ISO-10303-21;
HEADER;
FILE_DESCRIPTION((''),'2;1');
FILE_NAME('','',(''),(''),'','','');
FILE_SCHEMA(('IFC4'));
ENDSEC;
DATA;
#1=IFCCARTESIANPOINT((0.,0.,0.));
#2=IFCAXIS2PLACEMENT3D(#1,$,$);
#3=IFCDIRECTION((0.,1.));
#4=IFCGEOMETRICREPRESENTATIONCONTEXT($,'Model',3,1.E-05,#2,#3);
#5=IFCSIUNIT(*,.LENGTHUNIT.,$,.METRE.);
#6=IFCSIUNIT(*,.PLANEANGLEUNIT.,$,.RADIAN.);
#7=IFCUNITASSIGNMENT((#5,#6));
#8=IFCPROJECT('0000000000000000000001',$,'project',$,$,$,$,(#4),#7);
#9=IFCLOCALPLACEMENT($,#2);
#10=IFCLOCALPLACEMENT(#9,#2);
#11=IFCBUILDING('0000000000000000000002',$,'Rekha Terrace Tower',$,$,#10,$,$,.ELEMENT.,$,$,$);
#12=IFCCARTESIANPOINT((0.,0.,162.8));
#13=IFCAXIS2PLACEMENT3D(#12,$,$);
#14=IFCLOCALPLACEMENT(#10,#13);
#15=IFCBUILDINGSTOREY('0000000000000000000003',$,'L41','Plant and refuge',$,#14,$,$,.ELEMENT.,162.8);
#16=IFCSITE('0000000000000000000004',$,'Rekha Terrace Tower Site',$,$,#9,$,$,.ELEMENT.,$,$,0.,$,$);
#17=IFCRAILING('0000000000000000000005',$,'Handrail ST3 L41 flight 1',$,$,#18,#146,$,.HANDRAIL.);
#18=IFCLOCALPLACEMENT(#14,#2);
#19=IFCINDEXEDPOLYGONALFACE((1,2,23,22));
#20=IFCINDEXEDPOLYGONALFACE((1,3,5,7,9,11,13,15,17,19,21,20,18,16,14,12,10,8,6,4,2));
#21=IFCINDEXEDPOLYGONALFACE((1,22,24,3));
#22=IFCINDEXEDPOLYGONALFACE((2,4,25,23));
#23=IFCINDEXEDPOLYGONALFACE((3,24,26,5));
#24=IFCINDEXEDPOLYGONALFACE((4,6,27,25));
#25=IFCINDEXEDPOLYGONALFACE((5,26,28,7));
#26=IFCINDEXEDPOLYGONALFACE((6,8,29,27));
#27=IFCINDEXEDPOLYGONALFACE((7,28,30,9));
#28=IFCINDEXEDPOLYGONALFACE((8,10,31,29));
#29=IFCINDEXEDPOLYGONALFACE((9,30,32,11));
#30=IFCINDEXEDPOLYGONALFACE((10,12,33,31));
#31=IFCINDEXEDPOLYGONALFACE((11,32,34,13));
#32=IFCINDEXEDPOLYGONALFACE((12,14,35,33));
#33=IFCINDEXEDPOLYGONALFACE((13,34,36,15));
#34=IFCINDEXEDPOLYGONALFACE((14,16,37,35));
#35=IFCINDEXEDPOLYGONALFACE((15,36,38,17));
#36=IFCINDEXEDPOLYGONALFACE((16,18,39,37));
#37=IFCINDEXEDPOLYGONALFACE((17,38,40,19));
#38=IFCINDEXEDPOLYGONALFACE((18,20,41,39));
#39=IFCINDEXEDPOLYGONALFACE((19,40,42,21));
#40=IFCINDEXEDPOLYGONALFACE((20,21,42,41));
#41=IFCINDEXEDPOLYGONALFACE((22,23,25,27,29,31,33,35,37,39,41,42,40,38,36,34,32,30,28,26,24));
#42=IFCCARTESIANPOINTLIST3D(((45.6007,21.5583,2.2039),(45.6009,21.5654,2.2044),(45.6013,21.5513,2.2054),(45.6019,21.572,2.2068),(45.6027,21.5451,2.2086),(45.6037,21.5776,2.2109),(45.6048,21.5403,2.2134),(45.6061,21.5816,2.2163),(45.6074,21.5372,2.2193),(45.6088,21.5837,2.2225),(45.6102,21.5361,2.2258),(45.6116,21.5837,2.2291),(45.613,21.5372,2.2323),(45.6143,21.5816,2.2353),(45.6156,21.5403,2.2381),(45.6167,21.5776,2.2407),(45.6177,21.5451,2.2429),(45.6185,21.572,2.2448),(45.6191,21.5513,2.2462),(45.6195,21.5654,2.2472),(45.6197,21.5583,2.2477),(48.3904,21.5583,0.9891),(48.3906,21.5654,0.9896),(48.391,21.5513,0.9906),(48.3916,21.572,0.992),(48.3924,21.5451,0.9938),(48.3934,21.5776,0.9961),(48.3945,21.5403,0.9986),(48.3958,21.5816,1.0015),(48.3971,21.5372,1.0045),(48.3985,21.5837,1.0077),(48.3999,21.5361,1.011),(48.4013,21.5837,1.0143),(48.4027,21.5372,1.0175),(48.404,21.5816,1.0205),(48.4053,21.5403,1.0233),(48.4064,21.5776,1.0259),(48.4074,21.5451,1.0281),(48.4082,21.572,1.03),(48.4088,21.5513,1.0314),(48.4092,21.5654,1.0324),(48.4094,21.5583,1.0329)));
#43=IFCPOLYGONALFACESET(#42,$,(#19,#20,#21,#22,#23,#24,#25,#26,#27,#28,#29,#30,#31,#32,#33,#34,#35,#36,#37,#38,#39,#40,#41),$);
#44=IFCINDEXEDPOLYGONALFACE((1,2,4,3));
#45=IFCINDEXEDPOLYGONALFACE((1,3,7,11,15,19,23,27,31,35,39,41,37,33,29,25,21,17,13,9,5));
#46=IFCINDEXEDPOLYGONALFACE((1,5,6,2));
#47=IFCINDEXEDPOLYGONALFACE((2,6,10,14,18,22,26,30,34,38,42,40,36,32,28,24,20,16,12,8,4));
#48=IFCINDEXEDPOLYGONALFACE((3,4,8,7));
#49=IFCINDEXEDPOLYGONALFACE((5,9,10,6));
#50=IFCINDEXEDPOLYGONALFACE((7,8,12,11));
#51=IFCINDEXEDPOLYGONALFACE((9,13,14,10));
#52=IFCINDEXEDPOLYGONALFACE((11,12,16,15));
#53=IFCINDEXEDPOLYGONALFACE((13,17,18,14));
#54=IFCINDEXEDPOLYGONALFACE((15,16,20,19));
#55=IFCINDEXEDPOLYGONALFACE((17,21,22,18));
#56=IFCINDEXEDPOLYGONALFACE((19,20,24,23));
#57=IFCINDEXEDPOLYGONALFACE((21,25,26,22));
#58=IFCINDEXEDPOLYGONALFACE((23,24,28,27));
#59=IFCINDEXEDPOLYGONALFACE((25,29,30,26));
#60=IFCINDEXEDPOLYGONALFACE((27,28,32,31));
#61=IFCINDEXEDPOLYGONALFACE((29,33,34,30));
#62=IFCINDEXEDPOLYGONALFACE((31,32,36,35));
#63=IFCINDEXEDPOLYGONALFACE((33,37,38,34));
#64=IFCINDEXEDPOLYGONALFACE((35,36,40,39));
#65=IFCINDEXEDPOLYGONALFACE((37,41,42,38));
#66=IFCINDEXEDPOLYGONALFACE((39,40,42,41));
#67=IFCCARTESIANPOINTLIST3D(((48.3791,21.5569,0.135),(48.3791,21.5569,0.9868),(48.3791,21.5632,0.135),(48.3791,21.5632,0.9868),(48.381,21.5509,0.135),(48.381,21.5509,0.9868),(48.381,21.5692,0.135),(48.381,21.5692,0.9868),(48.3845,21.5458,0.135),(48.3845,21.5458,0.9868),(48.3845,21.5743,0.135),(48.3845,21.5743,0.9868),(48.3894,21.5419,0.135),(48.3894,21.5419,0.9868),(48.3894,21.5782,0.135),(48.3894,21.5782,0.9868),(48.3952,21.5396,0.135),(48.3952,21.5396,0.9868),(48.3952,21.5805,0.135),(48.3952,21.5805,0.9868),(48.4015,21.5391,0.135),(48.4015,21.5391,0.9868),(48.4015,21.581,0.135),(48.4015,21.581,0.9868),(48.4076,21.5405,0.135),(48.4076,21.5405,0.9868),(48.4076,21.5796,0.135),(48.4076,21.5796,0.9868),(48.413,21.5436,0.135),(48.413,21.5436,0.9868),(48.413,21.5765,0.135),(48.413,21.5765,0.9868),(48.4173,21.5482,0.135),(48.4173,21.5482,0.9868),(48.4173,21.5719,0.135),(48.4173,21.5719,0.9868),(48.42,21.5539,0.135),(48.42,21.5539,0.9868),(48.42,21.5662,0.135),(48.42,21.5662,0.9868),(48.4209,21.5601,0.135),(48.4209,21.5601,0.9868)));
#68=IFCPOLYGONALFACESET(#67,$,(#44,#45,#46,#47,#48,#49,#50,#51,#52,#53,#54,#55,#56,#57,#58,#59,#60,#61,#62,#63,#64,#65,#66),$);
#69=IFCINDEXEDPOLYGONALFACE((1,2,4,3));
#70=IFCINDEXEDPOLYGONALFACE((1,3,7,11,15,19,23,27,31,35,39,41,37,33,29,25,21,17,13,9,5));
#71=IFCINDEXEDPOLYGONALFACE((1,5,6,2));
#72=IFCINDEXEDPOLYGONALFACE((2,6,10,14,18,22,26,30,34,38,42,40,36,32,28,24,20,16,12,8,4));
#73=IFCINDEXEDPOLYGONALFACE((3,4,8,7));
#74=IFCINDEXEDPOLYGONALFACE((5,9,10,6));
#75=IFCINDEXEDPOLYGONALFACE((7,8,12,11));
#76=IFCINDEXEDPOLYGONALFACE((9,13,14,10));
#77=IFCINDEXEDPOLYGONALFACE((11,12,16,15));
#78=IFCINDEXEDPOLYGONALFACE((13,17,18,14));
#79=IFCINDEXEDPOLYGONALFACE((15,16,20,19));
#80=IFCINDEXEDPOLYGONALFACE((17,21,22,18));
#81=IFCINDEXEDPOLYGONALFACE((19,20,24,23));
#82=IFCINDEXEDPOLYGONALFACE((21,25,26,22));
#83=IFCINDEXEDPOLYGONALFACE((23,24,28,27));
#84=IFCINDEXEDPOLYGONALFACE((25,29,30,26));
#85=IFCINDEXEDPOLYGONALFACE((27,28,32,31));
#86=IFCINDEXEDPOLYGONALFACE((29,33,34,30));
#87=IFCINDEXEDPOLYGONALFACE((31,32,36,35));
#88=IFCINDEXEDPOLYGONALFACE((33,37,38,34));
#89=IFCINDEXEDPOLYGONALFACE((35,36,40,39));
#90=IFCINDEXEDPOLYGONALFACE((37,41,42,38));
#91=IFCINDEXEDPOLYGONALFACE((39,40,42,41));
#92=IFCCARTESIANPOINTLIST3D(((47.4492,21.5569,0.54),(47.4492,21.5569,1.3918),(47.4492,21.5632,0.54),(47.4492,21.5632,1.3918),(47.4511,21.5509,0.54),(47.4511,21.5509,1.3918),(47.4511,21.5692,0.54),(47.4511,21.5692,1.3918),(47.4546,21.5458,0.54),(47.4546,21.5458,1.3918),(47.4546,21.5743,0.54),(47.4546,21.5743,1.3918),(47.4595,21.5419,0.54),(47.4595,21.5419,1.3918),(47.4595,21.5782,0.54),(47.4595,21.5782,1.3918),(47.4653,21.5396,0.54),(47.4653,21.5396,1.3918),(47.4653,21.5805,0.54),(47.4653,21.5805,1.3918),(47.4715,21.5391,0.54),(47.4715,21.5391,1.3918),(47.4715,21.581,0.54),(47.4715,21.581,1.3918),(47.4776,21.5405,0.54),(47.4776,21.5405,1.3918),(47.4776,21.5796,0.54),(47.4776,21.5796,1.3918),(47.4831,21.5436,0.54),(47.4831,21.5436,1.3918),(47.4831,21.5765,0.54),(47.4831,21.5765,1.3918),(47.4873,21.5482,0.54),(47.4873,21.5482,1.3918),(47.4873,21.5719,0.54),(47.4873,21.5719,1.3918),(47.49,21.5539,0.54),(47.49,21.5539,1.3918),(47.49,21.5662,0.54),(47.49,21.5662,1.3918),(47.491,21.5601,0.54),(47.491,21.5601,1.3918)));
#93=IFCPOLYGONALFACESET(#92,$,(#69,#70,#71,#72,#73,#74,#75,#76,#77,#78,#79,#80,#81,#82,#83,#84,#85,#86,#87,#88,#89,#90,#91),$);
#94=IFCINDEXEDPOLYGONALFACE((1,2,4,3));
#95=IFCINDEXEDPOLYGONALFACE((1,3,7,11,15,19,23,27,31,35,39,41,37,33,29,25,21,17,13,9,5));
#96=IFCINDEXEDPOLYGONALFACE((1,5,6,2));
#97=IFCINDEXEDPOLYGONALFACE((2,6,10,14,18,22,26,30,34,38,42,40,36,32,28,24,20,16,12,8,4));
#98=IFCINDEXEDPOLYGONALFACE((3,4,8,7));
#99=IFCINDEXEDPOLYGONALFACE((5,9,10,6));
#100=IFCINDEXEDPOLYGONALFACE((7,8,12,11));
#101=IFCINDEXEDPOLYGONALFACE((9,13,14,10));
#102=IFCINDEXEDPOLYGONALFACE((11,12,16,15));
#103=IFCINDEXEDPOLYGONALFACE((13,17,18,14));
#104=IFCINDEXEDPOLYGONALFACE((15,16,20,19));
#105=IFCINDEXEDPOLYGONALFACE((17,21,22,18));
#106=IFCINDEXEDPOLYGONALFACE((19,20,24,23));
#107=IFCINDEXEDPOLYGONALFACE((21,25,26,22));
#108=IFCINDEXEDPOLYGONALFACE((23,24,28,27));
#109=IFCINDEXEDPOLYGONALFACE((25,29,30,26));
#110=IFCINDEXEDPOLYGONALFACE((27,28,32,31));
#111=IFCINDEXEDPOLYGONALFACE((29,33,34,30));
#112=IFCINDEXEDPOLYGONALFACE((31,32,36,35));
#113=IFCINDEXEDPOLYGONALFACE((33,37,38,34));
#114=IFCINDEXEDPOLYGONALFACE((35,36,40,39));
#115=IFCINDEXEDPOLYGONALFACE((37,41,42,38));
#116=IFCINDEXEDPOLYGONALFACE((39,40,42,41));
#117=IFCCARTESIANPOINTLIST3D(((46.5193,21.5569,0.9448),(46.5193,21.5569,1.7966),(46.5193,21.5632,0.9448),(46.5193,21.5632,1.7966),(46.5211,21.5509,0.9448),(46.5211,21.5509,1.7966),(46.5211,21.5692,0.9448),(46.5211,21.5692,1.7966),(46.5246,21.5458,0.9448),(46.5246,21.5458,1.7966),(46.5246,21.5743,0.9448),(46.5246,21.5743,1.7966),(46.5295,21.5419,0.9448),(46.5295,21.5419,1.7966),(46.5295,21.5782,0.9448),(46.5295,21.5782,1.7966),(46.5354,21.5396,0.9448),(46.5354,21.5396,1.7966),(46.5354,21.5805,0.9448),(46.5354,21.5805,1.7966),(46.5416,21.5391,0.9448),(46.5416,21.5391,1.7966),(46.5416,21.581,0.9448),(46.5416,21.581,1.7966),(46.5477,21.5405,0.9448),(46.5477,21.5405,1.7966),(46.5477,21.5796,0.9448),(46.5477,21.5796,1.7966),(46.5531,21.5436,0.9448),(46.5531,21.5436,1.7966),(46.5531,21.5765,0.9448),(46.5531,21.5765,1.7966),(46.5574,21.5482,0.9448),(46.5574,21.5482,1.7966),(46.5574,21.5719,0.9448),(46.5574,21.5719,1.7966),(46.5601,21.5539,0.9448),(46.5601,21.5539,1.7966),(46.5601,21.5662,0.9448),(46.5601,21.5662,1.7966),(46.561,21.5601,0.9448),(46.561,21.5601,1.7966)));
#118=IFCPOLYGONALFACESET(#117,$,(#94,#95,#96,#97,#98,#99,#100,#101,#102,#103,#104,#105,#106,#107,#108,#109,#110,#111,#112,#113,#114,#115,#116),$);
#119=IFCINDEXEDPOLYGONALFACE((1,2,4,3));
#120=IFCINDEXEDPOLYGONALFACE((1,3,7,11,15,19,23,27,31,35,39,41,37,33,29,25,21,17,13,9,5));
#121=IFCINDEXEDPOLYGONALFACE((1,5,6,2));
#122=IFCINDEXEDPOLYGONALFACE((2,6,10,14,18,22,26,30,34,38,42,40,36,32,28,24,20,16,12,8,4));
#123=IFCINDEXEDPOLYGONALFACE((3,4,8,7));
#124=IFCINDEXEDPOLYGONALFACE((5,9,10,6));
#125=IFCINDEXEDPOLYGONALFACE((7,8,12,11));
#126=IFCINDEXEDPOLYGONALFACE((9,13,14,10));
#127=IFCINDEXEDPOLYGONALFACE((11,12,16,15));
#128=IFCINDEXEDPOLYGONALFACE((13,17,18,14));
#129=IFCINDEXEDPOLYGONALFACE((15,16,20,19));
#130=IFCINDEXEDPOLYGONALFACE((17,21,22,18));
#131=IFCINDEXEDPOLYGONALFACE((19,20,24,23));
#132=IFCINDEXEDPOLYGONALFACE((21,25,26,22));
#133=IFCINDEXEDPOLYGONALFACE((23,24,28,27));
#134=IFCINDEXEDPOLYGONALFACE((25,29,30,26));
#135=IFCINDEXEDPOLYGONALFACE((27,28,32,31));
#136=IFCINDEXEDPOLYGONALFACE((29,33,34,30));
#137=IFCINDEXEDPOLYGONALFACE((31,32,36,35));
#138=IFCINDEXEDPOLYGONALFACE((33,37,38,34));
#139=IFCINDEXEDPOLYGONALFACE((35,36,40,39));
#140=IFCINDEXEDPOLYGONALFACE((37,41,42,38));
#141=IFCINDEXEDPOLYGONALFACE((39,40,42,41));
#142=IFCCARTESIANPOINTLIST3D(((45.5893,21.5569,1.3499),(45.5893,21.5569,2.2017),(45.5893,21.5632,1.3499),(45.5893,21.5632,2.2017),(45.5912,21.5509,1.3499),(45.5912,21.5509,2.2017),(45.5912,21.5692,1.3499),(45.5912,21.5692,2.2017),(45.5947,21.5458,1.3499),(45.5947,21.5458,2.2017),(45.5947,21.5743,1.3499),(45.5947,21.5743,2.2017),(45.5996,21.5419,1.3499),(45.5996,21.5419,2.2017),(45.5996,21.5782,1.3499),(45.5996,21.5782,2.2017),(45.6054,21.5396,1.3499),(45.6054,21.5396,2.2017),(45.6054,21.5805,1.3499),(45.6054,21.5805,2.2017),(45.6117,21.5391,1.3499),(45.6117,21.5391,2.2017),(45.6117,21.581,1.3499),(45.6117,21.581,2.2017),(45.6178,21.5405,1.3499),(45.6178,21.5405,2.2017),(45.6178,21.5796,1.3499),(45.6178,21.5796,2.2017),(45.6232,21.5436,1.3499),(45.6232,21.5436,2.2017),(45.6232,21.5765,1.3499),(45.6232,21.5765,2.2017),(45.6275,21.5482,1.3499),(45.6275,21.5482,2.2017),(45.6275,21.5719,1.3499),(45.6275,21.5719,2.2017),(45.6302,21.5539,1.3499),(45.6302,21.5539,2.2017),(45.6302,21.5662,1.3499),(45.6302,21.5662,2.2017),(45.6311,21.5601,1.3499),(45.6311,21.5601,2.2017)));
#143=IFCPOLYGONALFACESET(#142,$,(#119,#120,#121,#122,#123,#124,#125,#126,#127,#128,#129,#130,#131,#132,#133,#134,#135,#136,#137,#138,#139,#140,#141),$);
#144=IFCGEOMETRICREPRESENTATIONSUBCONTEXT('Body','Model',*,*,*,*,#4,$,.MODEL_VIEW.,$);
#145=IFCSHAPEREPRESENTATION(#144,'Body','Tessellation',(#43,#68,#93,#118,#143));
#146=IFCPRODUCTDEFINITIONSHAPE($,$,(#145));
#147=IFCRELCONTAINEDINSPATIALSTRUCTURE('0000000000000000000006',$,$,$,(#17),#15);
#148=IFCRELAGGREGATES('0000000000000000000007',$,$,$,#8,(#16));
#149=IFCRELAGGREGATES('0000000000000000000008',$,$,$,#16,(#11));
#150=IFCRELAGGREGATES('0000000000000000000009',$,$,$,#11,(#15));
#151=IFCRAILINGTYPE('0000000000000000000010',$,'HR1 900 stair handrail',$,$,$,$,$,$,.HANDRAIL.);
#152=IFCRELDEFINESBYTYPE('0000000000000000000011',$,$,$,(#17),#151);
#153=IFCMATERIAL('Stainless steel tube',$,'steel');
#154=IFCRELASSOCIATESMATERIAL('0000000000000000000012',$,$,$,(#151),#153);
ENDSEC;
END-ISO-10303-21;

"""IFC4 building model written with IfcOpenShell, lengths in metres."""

from ifc_helpers import new_model, si_unit, direction, frame, origin, origin_2d, place, context, subcontext, project, spatial, circle, extrude, material, type_object, element, save


model = new_model("IFC4")

# Units and contexts
model_context = context("Model", 3, precision=1e-05, world=origin(), true_north=direction((0.0, 1.0)))
body_context = subcontext(model_context, "Body", "Model", "MODEL_VIEW")
ifc_project = project(units=[si_unit("LENGTHUNIT", "METRE"), si_unit("PLANEANGLEUNIT", "RADIAN")], contexts=[model_context])

# Site, building, storey
site_placement = place(None, origin())
site = spatial("IfcSite", under=ifc_project, at=site_placement, Name="Rekha Terrace Tower Site", CompositionType="ELEMENT", RefElevation=0.0)
building_placement = place(site_placement, origin())
building = spatial("IfcBuilding", under=site, at=building_placement, Name="Rekha Terrace Tower", CompositionType="ELEMENT")
storey_placement = place(building_placement, frame((0.0, 0.0, 162.8)))
storey = spatial("IfcBuildingStorey", under=building, at=storey_placement, Name="L41", Description="Plant and refuge", CompositionType="ELEMENT", Elevation=162.8)

# Railing
ifc_material_1 = material(Name="Stainless steel tube", Category="steel")
railing_type_1 = type_object("IfcRailingType", Name="HR1 900 stair handrail", PredefinedType="HANDRAIL", material=ifc_material_1)
railing_1_placement = place(storey_placement, frame((48.3999, 21.5601, 0.135)))
element("IfcRailing", 1, at=railing_1_placement, inside=storey, type_object=railing_type_1, Name="Handrail ST3 L41 flight 1", PredefinedType="HANDRAIL", context=body_context, shape_type="SweptSolid", body=[
    extrude(circle(Radius=0.0239, at=origin_2d()), frame((0.0, 0.0, 0.876), z_axis=(-0.916843, 0.0, 0.399248), x_axis=(0.0, -1.0, 0.0)), (0.0, 0.0, 1.0), 3.0427),
    extrude(circle(Radius=0.021, at=origin_2d()), origin(), (0.0, 0.0, 1.0), 0.8518),
    extrude(circle(Radius=0.021, at=origin_2d()), frame((-0.9299, 0.0, 0.405)), (0.0, 0.0, 1.0), 0.8518),
    extrude(circle(Radius=0.021, at=origin_2d()), frame((-1.8599, 0.0, 0.8098)), (0.0, 0.0, 1.0), 0.8518),
    extrude(circle(Radius=0.021, at=origin_2d()), frame((-2.7898, 0.0, 1.2148)), (0.0, 0.0, 1.0), 0.8518),
])

save(model, "model.ifc")
